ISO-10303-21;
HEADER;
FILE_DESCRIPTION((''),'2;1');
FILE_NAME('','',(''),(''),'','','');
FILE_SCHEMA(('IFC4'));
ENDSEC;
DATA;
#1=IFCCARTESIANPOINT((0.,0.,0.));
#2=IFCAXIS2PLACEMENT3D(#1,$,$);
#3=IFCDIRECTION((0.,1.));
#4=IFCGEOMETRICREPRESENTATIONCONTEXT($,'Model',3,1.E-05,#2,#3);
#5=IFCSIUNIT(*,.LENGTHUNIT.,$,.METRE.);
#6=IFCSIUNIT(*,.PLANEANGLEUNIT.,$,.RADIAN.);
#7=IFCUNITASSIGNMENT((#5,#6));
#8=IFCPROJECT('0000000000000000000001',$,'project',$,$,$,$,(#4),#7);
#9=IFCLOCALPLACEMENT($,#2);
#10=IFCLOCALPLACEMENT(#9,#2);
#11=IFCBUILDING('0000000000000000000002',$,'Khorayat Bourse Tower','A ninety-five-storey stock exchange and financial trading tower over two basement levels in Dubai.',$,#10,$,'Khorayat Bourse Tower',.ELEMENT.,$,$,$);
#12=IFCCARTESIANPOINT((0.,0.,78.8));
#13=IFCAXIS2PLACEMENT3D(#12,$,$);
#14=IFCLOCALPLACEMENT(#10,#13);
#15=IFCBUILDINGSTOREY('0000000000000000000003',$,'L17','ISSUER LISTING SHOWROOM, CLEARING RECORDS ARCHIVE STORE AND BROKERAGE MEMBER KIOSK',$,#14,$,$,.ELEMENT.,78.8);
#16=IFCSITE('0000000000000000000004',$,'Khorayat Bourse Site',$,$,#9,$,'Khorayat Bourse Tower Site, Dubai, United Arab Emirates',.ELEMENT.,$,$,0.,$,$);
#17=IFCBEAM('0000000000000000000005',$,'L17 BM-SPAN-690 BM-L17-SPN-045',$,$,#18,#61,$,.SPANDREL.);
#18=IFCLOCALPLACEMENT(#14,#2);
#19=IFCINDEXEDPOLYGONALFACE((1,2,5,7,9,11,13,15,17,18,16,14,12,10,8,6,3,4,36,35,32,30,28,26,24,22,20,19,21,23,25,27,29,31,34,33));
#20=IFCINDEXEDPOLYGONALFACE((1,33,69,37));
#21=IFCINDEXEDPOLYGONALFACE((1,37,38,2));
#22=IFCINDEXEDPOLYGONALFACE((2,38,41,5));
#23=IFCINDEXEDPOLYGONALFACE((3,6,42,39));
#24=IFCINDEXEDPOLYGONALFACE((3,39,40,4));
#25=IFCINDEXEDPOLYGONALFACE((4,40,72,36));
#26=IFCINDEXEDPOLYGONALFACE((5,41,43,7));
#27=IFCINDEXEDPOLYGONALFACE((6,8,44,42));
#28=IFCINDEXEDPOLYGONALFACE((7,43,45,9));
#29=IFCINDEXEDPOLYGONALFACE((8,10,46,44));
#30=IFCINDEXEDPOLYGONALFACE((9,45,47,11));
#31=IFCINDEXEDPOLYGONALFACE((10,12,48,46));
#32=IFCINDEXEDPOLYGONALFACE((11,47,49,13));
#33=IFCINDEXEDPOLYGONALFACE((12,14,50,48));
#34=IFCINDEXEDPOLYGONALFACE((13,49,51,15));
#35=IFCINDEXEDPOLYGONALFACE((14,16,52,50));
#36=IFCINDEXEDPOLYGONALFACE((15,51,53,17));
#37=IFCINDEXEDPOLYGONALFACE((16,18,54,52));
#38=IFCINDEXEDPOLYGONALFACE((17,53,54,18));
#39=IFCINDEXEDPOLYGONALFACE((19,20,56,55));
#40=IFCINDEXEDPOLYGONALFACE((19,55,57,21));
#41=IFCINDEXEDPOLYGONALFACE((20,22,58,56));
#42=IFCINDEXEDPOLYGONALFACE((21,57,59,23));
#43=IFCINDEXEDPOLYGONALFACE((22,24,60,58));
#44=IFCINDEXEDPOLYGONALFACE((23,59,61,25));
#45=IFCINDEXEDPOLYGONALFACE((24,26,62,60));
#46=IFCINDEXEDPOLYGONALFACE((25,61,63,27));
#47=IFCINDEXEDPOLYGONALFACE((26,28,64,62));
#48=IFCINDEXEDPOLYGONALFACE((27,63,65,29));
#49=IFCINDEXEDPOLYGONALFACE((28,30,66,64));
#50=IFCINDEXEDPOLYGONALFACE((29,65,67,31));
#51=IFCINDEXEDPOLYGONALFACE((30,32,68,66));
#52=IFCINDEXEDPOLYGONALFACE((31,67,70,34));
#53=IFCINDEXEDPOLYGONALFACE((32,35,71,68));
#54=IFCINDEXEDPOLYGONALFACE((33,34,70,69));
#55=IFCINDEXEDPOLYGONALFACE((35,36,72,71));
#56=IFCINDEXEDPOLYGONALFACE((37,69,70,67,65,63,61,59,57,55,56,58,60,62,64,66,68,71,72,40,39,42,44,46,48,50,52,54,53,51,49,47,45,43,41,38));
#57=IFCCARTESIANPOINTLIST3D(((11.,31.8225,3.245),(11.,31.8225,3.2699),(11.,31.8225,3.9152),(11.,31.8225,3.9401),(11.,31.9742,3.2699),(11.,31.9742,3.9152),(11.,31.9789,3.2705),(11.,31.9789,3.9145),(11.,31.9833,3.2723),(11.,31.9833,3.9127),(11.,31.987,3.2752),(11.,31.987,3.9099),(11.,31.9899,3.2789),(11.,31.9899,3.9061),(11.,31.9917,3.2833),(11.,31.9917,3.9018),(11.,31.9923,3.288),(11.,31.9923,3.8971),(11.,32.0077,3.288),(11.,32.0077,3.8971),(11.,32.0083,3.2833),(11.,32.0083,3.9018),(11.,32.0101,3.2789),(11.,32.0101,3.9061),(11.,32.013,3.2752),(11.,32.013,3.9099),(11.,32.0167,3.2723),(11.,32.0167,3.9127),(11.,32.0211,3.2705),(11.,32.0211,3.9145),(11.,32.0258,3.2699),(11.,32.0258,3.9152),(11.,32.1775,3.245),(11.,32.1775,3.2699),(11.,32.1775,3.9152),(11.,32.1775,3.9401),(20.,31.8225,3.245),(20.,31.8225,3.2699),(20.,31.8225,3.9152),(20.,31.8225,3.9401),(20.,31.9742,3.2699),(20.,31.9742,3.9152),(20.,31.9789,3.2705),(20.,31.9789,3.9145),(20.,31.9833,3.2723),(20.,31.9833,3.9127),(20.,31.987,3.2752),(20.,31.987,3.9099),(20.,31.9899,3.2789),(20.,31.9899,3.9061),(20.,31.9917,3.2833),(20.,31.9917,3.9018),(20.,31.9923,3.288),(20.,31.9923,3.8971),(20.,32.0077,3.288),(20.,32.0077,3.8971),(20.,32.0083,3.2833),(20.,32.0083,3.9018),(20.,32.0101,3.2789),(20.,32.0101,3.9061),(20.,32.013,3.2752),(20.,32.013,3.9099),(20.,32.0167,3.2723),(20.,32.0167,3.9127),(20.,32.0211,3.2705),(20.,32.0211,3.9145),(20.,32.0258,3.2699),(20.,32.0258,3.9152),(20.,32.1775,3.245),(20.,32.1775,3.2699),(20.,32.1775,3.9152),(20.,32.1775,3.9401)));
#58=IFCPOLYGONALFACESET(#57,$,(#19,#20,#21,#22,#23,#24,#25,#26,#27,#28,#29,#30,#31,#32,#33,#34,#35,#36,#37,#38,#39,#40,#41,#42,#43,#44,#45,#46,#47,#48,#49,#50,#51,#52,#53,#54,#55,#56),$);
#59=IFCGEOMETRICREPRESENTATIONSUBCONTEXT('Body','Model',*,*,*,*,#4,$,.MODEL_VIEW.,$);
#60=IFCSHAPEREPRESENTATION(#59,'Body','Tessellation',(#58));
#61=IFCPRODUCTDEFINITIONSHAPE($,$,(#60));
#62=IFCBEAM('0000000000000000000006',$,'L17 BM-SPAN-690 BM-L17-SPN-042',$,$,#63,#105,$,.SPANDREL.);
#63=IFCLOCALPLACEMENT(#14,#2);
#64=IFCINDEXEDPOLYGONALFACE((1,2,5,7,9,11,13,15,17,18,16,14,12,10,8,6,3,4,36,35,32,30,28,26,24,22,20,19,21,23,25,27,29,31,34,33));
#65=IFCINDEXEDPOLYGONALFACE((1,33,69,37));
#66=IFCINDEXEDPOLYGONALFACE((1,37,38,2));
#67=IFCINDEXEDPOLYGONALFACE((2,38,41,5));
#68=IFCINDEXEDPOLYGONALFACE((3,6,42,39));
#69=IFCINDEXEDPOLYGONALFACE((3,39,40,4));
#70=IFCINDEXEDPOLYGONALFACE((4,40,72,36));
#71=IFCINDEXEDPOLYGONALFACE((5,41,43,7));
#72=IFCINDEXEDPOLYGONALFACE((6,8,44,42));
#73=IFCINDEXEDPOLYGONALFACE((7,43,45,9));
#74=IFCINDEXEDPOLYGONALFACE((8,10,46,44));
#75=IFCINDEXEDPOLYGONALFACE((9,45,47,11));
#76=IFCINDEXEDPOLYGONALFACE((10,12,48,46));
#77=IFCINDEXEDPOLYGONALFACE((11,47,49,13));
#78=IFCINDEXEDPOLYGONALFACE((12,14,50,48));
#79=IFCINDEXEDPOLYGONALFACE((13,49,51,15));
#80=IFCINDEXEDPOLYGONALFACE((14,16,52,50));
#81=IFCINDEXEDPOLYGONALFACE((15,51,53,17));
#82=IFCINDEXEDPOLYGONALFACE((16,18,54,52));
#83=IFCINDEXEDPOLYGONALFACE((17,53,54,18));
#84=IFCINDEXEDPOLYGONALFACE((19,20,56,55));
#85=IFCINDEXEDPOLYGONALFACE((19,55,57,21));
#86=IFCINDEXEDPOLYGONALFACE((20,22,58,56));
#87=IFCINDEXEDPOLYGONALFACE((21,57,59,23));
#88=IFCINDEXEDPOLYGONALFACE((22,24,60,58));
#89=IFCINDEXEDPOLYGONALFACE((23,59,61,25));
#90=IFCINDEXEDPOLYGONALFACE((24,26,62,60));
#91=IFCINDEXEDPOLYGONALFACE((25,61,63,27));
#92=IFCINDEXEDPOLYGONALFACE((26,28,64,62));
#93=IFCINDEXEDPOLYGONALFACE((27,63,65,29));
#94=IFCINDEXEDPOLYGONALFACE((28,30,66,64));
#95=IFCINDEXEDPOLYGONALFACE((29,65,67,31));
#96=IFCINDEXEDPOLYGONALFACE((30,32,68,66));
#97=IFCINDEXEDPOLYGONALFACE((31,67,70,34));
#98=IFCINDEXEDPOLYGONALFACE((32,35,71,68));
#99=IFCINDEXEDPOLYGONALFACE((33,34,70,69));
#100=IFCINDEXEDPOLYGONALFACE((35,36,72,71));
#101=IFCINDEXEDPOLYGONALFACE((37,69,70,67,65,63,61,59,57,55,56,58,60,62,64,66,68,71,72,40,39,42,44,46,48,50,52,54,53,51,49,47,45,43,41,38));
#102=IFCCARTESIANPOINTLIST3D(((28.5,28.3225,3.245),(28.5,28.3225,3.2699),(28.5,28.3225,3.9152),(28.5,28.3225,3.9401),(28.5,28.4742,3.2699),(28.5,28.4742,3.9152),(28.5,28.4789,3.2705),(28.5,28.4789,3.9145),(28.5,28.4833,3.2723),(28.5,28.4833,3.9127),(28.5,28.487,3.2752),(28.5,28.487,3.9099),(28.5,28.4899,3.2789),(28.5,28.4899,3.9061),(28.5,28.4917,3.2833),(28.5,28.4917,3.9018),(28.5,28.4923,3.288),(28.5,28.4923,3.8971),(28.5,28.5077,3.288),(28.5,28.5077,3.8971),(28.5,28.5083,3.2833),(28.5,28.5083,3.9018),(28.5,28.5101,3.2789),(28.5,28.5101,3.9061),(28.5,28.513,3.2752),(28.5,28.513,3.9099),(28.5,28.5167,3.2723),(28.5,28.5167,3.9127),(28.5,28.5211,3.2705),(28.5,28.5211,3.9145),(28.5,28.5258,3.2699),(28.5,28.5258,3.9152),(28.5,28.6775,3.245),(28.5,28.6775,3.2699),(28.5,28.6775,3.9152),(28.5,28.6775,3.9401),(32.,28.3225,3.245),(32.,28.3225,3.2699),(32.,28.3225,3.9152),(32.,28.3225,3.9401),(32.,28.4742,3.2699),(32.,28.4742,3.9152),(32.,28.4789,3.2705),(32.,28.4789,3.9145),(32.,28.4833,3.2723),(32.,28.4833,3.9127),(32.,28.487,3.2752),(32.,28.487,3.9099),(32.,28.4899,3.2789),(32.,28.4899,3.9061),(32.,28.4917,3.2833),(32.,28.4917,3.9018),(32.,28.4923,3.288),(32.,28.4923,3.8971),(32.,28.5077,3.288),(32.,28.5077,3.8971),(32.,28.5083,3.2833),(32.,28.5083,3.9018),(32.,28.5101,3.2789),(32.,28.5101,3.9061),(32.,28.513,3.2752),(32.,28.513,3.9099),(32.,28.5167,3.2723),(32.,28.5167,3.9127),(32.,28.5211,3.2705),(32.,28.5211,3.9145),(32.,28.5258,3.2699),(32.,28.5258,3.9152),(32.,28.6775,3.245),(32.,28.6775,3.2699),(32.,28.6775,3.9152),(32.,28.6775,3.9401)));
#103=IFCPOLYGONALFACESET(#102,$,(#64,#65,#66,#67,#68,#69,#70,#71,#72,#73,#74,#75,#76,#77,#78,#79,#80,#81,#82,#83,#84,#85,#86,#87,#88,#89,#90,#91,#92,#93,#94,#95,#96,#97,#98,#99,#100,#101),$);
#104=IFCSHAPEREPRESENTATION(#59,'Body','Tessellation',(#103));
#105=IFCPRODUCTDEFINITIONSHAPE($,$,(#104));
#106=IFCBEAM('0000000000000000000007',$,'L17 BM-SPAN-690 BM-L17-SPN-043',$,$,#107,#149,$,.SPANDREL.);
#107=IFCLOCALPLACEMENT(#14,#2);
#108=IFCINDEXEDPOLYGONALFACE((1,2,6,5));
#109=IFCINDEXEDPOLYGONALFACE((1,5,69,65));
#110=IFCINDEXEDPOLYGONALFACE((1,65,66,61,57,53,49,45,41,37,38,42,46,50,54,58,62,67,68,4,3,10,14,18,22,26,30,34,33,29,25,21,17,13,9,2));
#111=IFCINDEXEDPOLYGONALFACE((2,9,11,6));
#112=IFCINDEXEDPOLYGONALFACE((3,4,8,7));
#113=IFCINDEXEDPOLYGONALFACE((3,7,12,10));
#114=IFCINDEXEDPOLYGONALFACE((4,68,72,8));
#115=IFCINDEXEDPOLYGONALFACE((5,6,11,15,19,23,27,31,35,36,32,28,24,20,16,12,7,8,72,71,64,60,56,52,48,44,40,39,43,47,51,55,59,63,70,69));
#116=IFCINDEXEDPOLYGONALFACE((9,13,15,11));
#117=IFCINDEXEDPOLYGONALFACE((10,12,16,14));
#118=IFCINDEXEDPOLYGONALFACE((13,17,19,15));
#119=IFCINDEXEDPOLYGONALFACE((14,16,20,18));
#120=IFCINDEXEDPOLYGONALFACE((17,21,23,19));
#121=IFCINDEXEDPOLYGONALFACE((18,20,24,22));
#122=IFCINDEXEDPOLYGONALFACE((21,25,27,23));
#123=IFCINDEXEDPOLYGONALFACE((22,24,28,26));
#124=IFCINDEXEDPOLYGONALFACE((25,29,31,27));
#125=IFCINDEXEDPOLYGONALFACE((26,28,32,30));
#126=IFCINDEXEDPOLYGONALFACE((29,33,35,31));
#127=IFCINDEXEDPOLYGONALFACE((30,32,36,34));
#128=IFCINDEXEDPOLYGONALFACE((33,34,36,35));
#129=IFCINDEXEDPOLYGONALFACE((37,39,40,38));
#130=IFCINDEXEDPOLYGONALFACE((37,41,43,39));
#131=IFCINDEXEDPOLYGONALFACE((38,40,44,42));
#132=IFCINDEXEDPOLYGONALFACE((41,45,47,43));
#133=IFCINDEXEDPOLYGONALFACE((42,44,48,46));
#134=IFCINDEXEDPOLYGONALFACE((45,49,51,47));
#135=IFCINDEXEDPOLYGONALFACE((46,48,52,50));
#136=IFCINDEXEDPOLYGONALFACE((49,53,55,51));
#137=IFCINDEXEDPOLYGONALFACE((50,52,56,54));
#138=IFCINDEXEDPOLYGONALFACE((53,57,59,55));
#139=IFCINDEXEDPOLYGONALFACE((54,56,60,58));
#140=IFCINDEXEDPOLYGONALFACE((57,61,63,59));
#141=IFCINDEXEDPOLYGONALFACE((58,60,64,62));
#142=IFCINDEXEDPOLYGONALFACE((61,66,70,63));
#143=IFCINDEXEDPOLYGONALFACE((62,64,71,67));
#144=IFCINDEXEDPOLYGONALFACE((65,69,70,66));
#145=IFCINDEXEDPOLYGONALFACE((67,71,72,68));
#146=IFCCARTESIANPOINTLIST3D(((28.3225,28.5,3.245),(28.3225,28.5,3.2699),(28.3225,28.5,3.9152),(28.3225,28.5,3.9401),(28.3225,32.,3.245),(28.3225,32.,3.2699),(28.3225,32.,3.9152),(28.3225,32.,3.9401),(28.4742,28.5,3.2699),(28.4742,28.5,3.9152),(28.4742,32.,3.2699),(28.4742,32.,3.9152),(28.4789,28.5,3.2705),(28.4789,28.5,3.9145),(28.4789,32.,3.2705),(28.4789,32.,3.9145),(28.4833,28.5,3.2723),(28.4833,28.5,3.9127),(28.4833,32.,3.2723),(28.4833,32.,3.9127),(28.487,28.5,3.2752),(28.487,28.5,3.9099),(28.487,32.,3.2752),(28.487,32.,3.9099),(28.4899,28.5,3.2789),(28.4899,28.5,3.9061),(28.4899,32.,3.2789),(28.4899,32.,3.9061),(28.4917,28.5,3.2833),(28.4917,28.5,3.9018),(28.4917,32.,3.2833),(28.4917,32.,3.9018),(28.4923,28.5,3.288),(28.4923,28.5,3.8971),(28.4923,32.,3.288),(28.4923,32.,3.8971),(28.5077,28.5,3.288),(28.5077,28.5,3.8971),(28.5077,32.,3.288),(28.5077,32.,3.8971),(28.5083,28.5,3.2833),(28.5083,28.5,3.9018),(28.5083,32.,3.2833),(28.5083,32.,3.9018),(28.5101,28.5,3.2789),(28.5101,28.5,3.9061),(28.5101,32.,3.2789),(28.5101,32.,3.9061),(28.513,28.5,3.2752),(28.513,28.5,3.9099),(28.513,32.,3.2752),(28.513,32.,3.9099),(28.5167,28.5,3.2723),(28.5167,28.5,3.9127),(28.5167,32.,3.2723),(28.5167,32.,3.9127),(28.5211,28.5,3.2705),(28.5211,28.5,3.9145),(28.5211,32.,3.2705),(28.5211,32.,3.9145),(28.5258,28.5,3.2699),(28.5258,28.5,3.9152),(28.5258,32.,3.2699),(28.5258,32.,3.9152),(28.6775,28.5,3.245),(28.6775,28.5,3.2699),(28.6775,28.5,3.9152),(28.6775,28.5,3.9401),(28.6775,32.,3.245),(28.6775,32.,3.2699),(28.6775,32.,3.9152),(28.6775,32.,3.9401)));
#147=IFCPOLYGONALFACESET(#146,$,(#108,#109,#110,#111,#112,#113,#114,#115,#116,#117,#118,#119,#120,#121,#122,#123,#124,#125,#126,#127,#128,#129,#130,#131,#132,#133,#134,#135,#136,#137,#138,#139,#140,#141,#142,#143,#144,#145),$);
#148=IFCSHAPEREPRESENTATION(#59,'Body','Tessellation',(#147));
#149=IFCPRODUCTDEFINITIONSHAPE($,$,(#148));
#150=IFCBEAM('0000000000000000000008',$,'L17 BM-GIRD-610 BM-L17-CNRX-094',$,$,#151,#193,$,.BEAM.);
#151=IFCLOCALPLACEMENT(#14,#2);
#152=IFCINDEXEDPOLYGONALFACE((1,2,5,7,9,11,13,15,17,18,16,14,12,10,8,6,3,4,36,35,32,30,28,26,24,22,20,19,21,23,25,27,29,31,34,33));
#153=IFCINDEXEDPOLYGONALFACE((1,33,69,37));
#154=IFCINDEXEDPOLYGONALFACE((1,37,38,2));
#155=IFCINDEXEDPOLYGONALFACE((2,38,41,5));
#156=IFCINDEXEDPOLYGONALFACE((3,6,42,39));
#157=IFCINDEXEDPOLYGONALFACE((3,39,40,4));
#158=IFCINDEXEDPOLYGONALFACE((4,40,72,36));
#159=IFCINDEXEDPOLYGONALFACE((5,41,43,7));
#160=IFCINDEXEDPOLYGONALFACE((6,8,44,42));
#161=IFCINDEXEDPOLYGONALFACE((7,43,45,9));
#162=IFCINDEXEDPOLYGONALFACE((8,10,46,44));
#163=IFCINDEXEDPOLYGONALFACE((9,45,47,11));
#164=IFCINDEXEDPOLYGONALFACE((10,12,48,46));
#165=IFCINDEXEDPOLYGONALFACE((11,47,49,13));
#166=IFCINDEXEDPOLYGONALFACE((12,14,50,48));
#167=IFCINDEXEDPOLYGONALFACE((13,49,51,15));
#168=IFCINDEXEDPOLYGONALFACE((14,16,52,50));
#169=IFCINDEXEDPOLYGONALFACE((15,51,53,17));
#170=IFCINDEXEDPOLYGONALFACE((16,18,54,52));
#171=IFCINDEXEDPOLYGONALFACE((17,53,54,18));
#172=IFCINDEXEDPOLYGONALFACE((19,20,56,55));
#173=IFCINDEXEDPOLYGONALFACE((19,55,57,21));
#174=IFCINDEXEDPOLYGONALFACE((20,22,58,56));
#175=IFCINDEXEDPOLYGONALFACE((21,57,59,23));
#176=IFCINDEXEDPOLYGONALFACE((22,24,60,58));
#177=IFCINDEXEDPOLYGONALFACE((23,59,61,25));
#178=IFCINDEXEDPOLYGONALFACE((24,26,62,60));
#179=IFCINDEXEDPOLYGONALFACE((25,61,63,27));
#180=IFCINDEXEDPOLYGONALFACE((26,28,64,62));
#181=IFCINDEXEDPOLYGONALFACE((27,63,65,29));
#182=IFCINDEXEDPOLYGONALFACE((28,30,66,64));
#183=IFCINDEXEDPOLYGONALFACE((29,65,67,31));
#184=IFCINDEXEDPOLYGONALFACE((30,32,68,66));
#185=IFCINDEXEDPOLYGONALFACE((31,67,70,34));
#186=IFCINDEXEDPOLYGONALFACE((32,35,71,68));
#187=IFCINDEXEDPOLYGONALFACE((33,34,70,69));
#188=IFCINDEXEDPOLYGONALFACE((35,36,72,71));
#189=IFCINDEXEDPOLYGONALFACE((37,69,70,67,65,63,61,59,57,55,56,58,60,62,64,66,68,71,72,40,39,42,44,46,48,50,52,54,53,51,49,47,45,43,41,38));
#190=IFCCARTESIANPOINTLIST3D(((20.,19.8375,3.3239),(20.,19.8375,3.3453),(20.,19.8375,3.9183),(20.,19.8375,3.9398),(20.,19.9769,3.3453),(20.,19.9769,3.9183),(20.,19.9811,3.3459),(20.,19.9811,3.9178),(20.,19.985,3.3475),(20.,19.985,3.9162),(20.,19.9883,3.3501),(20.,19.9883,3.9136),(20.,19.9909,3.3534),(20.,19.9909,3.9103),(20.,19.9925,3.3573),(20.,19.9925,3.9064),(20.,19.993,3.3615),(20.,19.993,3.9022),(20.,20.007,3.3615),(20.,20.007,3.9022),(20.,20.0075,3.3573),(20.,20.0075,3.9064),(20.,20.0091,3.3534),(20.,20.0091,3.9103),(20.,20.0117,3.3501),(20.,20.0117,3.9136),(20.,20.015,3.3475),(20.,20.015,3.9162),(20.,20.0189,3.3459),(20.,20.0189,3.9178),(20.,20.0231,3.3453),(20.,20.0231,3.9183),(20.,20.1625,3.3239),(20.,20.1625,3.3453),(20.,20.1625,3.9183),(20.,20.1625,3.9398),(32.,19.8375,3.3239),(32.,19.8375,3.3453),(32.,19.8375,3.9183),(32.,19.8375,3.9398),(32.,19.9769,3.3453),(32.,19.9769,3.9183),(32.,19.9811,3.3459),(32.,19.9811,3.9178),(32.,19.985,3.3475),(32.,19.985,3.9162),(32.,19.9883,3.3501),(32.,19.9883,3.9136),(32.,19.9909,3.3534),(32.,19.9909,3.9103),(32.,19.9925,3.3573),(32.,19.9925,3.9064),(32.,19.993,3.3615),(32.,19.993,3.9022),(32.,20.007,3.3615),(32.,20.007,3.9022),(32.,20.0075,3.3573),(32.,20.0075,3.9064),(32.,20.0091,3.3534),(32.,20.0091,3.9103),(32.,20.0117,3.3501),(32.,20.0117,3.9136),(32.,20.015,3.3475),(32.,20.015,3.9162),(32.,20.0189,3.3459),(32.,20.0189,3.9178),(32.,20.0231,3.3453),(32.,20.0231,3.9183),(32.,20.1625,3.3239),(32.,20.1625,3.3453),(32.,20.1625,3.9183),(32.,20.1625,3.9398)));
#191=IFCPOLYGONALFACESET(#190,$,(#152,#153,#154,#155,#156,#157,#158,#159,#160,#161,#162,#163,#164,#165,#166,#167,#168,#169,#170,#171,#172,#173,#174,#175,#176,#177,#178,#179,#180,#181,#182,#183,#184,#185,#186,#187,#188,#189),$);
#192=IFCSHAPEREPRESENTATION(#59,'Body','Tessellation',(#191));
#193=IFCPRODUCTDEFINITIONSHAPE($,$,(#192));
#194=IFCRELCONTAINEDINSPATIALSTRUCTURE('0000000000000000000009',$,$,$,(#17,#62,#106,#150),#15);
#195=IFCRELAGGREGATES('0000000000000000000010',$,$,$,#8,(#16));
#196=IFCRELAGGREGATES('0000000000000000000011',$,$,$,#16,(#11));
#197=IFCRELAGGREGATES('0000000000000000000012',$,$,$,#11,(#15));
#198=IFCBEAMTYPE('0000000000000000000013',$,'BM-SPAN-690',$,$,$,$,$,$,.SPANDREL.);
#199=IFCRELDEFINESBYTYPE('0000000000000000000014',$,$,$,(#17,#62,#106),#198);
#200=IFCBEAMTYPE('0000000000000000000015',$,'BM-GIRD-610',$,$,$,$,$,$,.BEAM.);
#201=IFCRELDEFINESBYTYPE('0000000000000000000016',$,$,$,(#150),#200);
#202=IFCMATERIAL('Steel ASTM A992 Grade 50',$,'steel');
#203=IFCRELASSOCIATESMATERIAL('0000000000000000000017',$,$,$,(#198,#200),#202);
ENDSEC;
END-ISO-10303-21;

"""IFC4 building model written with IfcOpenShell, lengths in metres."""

from ifc_helpers import new_model, si_unit, direction, frame, origin, origin_2d, place, context, subcontext, project, spatial, i_section, extrude, source, transform, mapped, material, material_profile, profile_set, type_object, element, save


model = new_model("IFC4")

# Units and contexts
model_context = context("Model", 3, precision=1e-05, world=origin(), true_north=direction((0.0, 1.0)))
body_context = subcontext(model_context, "Body", "Model", "MODEL_VIEW")
ifc_project = project(units=[si_unit("LENGTHUNIT", "METRE"), si_unit("PLANEANGLEUNIT", "RADIAN")], contexts=[model_context])

# Site, building, storey
site_placement = place(None, origin())
site = spatial("IfcSite", under=ifc_project, at=site_placement, Name="Khorayat Bourse Site", LongName="Khorayat Bourse Tower Site, Dubai, United Arab Emirates", CompositionType="ELEMENT", RefElevation=0.0)
building_placement = place(site_placement, origin())
building = spatial("IfcBuilding", under=site, at=building_placement, Name="Khorayat Bourse Tower", Description="A ninety-five-storey stock exchange and financial trading tower over two basement levels in Dubai.", LongName="Khorayat Bourse Tower", CompositionType="ELEMENT")
storey_placement = place(building_placement, frame((0.0, 0.0, 78.8)))
storey = spatial("IfcBuildingStorey", under=building, at=storey_placement, Name="L17", Description="ISSUER LISTING SHOWROOM, CLEARING RECORDS ARCHIVE STORE AND BROKERAGE MEMBER KIOSK", CompositionType="ELEMENT", Elevation=78.8)

# Beams
ifc_material_1 = material(Name="Steel ASTM A992 Grade 50", Category="steel")
ifc_material_profile_1 = material_profile(ifc_material_1, i_section(OverallWidth=0.355, OverallDepth=0.6951, WebThickness=0.0154, FlangeThickness=0.0249, FilletRadius=0.0181, at=origin_2d()), Name="W690X217")
ifc_profile_set_1 = profile_set([ifc_material_profile_1], Name="Steel ASTM A992 Grade 50")
beam_type_1 = type_object("IfcBeamType", Name="BM-SPAN-690", PredefinedType="SPANDREL", material=ifc_profile_set_1)
shared_shape_1 = source(origin(), body_context, "Body", "SweptSolid", [
    extrude(i_section(OverallWidth=0.355, OverallDepth=0.6951, WebThickness=0.0154, FlangeThickness=0.0249, FilletRadius=0.0181, at=origin_2d()), origin(), (0.0, 0.0, 1.0), 9.0),
])
beam_1_placement = place(storey_placement, frame((11.0, 32.0, 3.5925), z_axis=(1.0, 0.0, 0.0), x_axis=(0.0, 1.0, 0.0)))
element("IfcBeam", 1, at=beam_1_placement, inside=storey, type_object=beam_type_1, Name="L17 BM-SPAN-690 BM-L17-SPN-045", PredefinedType="SPANDREL", context=body_context, shape_type="MappedRepresentation", body=[
    mapped(shared_shape_1, transform((0.0, 0.0, 0.0), scale=1.0)),
])
shared_shape_2 = source(origin(), body_context, "Body", "SweptSolid", [
    extrude(i_section(OverallWidth=0.355, OverallDepth=0.6951, WebThickness=0.0154, FlangeThickness=0.0249, FilletRadius=0.0181, at=origin_2d()), origin(), (0.0, 0.0, 1.0), 3.5),
])
for number, where, z_axis, x_axis, name in (
    (2, (28.5, 28.5, 3.5925), (1.0, 0.0, 0.0), (0.0, 1.0, 0.0), "L17 BM-SPAN-690 BM-L17-SPN-042"),
    (3, (28.5, 28.5, 3.5925), (0.0, 1.0, 0.0), (-1.0, 0.0, 0.0), "L17 BM-SPAN-690 BM-L17-SPN-043"),
):
    element("IfcBeam", number, at=place(storey_placement, frame(where, z_axis=z_axis, x_axis=x_axis)), inside=storey, type_object=beam_type_1, Name=name, PredefinedType="SPANDREL", context=body_context, shape_type="MappedRepresentation", body=[
        mapped(shared_shape_2, transform((0.0, 0.0, 0.0), scale=1.0)),
    ])
ifc_material_profile_2 = material_profile(ifc_material_1, i_section(OverallWidth=0.325, OverallDepth=0.616, WebThickness=0.0139, FlangeThickness=0.0215, FilletRadius=0.0161, at=origin_2d()), Name="W610X174")
ifc_profile_set_2 = profile_set([ifc_material_profile_2], Name="Steel ASTM A992 Grade 50")
beam_type_2 = type_object("IfcBeamType", Name="BM-GIRD-610", PredefinedType="BEAM", material=ifc_profile_set_2)
shared_shape_3 = source(origin(), body_context, "Body", "SweptSolid", [
    extrude(i_section(OverallWidth=0.325, OverallDepth=0.616, WebThickness=0.0139, FlangeThickness=0.0215, FilletRadius=0.0161, at=origin_2d()), origin(), (0.0, 0.0, 1.0), 12.0),
])
beam_2_placement = place(storey_placement, frame((20.0, 20.0, 3.6318), z_axis=(1.0, 0.0, 0.0), x_axis=(0.0, 1.0, 0.0)))
element("IfcBeam", 4, at=beam_2_placement, inside=storey, type_object=beam_type_2, Name="L17 BM-GIRD-610 BM-L17-CNRX-094", PredefinedType="BEAM", context=body_context, shape_type="MappedRepresentation", body=[
    mapped(shared_shape_3, transform((0.0, 0.0, 0.0), scale=1.0)),
])

save(model, "model.ifc")
